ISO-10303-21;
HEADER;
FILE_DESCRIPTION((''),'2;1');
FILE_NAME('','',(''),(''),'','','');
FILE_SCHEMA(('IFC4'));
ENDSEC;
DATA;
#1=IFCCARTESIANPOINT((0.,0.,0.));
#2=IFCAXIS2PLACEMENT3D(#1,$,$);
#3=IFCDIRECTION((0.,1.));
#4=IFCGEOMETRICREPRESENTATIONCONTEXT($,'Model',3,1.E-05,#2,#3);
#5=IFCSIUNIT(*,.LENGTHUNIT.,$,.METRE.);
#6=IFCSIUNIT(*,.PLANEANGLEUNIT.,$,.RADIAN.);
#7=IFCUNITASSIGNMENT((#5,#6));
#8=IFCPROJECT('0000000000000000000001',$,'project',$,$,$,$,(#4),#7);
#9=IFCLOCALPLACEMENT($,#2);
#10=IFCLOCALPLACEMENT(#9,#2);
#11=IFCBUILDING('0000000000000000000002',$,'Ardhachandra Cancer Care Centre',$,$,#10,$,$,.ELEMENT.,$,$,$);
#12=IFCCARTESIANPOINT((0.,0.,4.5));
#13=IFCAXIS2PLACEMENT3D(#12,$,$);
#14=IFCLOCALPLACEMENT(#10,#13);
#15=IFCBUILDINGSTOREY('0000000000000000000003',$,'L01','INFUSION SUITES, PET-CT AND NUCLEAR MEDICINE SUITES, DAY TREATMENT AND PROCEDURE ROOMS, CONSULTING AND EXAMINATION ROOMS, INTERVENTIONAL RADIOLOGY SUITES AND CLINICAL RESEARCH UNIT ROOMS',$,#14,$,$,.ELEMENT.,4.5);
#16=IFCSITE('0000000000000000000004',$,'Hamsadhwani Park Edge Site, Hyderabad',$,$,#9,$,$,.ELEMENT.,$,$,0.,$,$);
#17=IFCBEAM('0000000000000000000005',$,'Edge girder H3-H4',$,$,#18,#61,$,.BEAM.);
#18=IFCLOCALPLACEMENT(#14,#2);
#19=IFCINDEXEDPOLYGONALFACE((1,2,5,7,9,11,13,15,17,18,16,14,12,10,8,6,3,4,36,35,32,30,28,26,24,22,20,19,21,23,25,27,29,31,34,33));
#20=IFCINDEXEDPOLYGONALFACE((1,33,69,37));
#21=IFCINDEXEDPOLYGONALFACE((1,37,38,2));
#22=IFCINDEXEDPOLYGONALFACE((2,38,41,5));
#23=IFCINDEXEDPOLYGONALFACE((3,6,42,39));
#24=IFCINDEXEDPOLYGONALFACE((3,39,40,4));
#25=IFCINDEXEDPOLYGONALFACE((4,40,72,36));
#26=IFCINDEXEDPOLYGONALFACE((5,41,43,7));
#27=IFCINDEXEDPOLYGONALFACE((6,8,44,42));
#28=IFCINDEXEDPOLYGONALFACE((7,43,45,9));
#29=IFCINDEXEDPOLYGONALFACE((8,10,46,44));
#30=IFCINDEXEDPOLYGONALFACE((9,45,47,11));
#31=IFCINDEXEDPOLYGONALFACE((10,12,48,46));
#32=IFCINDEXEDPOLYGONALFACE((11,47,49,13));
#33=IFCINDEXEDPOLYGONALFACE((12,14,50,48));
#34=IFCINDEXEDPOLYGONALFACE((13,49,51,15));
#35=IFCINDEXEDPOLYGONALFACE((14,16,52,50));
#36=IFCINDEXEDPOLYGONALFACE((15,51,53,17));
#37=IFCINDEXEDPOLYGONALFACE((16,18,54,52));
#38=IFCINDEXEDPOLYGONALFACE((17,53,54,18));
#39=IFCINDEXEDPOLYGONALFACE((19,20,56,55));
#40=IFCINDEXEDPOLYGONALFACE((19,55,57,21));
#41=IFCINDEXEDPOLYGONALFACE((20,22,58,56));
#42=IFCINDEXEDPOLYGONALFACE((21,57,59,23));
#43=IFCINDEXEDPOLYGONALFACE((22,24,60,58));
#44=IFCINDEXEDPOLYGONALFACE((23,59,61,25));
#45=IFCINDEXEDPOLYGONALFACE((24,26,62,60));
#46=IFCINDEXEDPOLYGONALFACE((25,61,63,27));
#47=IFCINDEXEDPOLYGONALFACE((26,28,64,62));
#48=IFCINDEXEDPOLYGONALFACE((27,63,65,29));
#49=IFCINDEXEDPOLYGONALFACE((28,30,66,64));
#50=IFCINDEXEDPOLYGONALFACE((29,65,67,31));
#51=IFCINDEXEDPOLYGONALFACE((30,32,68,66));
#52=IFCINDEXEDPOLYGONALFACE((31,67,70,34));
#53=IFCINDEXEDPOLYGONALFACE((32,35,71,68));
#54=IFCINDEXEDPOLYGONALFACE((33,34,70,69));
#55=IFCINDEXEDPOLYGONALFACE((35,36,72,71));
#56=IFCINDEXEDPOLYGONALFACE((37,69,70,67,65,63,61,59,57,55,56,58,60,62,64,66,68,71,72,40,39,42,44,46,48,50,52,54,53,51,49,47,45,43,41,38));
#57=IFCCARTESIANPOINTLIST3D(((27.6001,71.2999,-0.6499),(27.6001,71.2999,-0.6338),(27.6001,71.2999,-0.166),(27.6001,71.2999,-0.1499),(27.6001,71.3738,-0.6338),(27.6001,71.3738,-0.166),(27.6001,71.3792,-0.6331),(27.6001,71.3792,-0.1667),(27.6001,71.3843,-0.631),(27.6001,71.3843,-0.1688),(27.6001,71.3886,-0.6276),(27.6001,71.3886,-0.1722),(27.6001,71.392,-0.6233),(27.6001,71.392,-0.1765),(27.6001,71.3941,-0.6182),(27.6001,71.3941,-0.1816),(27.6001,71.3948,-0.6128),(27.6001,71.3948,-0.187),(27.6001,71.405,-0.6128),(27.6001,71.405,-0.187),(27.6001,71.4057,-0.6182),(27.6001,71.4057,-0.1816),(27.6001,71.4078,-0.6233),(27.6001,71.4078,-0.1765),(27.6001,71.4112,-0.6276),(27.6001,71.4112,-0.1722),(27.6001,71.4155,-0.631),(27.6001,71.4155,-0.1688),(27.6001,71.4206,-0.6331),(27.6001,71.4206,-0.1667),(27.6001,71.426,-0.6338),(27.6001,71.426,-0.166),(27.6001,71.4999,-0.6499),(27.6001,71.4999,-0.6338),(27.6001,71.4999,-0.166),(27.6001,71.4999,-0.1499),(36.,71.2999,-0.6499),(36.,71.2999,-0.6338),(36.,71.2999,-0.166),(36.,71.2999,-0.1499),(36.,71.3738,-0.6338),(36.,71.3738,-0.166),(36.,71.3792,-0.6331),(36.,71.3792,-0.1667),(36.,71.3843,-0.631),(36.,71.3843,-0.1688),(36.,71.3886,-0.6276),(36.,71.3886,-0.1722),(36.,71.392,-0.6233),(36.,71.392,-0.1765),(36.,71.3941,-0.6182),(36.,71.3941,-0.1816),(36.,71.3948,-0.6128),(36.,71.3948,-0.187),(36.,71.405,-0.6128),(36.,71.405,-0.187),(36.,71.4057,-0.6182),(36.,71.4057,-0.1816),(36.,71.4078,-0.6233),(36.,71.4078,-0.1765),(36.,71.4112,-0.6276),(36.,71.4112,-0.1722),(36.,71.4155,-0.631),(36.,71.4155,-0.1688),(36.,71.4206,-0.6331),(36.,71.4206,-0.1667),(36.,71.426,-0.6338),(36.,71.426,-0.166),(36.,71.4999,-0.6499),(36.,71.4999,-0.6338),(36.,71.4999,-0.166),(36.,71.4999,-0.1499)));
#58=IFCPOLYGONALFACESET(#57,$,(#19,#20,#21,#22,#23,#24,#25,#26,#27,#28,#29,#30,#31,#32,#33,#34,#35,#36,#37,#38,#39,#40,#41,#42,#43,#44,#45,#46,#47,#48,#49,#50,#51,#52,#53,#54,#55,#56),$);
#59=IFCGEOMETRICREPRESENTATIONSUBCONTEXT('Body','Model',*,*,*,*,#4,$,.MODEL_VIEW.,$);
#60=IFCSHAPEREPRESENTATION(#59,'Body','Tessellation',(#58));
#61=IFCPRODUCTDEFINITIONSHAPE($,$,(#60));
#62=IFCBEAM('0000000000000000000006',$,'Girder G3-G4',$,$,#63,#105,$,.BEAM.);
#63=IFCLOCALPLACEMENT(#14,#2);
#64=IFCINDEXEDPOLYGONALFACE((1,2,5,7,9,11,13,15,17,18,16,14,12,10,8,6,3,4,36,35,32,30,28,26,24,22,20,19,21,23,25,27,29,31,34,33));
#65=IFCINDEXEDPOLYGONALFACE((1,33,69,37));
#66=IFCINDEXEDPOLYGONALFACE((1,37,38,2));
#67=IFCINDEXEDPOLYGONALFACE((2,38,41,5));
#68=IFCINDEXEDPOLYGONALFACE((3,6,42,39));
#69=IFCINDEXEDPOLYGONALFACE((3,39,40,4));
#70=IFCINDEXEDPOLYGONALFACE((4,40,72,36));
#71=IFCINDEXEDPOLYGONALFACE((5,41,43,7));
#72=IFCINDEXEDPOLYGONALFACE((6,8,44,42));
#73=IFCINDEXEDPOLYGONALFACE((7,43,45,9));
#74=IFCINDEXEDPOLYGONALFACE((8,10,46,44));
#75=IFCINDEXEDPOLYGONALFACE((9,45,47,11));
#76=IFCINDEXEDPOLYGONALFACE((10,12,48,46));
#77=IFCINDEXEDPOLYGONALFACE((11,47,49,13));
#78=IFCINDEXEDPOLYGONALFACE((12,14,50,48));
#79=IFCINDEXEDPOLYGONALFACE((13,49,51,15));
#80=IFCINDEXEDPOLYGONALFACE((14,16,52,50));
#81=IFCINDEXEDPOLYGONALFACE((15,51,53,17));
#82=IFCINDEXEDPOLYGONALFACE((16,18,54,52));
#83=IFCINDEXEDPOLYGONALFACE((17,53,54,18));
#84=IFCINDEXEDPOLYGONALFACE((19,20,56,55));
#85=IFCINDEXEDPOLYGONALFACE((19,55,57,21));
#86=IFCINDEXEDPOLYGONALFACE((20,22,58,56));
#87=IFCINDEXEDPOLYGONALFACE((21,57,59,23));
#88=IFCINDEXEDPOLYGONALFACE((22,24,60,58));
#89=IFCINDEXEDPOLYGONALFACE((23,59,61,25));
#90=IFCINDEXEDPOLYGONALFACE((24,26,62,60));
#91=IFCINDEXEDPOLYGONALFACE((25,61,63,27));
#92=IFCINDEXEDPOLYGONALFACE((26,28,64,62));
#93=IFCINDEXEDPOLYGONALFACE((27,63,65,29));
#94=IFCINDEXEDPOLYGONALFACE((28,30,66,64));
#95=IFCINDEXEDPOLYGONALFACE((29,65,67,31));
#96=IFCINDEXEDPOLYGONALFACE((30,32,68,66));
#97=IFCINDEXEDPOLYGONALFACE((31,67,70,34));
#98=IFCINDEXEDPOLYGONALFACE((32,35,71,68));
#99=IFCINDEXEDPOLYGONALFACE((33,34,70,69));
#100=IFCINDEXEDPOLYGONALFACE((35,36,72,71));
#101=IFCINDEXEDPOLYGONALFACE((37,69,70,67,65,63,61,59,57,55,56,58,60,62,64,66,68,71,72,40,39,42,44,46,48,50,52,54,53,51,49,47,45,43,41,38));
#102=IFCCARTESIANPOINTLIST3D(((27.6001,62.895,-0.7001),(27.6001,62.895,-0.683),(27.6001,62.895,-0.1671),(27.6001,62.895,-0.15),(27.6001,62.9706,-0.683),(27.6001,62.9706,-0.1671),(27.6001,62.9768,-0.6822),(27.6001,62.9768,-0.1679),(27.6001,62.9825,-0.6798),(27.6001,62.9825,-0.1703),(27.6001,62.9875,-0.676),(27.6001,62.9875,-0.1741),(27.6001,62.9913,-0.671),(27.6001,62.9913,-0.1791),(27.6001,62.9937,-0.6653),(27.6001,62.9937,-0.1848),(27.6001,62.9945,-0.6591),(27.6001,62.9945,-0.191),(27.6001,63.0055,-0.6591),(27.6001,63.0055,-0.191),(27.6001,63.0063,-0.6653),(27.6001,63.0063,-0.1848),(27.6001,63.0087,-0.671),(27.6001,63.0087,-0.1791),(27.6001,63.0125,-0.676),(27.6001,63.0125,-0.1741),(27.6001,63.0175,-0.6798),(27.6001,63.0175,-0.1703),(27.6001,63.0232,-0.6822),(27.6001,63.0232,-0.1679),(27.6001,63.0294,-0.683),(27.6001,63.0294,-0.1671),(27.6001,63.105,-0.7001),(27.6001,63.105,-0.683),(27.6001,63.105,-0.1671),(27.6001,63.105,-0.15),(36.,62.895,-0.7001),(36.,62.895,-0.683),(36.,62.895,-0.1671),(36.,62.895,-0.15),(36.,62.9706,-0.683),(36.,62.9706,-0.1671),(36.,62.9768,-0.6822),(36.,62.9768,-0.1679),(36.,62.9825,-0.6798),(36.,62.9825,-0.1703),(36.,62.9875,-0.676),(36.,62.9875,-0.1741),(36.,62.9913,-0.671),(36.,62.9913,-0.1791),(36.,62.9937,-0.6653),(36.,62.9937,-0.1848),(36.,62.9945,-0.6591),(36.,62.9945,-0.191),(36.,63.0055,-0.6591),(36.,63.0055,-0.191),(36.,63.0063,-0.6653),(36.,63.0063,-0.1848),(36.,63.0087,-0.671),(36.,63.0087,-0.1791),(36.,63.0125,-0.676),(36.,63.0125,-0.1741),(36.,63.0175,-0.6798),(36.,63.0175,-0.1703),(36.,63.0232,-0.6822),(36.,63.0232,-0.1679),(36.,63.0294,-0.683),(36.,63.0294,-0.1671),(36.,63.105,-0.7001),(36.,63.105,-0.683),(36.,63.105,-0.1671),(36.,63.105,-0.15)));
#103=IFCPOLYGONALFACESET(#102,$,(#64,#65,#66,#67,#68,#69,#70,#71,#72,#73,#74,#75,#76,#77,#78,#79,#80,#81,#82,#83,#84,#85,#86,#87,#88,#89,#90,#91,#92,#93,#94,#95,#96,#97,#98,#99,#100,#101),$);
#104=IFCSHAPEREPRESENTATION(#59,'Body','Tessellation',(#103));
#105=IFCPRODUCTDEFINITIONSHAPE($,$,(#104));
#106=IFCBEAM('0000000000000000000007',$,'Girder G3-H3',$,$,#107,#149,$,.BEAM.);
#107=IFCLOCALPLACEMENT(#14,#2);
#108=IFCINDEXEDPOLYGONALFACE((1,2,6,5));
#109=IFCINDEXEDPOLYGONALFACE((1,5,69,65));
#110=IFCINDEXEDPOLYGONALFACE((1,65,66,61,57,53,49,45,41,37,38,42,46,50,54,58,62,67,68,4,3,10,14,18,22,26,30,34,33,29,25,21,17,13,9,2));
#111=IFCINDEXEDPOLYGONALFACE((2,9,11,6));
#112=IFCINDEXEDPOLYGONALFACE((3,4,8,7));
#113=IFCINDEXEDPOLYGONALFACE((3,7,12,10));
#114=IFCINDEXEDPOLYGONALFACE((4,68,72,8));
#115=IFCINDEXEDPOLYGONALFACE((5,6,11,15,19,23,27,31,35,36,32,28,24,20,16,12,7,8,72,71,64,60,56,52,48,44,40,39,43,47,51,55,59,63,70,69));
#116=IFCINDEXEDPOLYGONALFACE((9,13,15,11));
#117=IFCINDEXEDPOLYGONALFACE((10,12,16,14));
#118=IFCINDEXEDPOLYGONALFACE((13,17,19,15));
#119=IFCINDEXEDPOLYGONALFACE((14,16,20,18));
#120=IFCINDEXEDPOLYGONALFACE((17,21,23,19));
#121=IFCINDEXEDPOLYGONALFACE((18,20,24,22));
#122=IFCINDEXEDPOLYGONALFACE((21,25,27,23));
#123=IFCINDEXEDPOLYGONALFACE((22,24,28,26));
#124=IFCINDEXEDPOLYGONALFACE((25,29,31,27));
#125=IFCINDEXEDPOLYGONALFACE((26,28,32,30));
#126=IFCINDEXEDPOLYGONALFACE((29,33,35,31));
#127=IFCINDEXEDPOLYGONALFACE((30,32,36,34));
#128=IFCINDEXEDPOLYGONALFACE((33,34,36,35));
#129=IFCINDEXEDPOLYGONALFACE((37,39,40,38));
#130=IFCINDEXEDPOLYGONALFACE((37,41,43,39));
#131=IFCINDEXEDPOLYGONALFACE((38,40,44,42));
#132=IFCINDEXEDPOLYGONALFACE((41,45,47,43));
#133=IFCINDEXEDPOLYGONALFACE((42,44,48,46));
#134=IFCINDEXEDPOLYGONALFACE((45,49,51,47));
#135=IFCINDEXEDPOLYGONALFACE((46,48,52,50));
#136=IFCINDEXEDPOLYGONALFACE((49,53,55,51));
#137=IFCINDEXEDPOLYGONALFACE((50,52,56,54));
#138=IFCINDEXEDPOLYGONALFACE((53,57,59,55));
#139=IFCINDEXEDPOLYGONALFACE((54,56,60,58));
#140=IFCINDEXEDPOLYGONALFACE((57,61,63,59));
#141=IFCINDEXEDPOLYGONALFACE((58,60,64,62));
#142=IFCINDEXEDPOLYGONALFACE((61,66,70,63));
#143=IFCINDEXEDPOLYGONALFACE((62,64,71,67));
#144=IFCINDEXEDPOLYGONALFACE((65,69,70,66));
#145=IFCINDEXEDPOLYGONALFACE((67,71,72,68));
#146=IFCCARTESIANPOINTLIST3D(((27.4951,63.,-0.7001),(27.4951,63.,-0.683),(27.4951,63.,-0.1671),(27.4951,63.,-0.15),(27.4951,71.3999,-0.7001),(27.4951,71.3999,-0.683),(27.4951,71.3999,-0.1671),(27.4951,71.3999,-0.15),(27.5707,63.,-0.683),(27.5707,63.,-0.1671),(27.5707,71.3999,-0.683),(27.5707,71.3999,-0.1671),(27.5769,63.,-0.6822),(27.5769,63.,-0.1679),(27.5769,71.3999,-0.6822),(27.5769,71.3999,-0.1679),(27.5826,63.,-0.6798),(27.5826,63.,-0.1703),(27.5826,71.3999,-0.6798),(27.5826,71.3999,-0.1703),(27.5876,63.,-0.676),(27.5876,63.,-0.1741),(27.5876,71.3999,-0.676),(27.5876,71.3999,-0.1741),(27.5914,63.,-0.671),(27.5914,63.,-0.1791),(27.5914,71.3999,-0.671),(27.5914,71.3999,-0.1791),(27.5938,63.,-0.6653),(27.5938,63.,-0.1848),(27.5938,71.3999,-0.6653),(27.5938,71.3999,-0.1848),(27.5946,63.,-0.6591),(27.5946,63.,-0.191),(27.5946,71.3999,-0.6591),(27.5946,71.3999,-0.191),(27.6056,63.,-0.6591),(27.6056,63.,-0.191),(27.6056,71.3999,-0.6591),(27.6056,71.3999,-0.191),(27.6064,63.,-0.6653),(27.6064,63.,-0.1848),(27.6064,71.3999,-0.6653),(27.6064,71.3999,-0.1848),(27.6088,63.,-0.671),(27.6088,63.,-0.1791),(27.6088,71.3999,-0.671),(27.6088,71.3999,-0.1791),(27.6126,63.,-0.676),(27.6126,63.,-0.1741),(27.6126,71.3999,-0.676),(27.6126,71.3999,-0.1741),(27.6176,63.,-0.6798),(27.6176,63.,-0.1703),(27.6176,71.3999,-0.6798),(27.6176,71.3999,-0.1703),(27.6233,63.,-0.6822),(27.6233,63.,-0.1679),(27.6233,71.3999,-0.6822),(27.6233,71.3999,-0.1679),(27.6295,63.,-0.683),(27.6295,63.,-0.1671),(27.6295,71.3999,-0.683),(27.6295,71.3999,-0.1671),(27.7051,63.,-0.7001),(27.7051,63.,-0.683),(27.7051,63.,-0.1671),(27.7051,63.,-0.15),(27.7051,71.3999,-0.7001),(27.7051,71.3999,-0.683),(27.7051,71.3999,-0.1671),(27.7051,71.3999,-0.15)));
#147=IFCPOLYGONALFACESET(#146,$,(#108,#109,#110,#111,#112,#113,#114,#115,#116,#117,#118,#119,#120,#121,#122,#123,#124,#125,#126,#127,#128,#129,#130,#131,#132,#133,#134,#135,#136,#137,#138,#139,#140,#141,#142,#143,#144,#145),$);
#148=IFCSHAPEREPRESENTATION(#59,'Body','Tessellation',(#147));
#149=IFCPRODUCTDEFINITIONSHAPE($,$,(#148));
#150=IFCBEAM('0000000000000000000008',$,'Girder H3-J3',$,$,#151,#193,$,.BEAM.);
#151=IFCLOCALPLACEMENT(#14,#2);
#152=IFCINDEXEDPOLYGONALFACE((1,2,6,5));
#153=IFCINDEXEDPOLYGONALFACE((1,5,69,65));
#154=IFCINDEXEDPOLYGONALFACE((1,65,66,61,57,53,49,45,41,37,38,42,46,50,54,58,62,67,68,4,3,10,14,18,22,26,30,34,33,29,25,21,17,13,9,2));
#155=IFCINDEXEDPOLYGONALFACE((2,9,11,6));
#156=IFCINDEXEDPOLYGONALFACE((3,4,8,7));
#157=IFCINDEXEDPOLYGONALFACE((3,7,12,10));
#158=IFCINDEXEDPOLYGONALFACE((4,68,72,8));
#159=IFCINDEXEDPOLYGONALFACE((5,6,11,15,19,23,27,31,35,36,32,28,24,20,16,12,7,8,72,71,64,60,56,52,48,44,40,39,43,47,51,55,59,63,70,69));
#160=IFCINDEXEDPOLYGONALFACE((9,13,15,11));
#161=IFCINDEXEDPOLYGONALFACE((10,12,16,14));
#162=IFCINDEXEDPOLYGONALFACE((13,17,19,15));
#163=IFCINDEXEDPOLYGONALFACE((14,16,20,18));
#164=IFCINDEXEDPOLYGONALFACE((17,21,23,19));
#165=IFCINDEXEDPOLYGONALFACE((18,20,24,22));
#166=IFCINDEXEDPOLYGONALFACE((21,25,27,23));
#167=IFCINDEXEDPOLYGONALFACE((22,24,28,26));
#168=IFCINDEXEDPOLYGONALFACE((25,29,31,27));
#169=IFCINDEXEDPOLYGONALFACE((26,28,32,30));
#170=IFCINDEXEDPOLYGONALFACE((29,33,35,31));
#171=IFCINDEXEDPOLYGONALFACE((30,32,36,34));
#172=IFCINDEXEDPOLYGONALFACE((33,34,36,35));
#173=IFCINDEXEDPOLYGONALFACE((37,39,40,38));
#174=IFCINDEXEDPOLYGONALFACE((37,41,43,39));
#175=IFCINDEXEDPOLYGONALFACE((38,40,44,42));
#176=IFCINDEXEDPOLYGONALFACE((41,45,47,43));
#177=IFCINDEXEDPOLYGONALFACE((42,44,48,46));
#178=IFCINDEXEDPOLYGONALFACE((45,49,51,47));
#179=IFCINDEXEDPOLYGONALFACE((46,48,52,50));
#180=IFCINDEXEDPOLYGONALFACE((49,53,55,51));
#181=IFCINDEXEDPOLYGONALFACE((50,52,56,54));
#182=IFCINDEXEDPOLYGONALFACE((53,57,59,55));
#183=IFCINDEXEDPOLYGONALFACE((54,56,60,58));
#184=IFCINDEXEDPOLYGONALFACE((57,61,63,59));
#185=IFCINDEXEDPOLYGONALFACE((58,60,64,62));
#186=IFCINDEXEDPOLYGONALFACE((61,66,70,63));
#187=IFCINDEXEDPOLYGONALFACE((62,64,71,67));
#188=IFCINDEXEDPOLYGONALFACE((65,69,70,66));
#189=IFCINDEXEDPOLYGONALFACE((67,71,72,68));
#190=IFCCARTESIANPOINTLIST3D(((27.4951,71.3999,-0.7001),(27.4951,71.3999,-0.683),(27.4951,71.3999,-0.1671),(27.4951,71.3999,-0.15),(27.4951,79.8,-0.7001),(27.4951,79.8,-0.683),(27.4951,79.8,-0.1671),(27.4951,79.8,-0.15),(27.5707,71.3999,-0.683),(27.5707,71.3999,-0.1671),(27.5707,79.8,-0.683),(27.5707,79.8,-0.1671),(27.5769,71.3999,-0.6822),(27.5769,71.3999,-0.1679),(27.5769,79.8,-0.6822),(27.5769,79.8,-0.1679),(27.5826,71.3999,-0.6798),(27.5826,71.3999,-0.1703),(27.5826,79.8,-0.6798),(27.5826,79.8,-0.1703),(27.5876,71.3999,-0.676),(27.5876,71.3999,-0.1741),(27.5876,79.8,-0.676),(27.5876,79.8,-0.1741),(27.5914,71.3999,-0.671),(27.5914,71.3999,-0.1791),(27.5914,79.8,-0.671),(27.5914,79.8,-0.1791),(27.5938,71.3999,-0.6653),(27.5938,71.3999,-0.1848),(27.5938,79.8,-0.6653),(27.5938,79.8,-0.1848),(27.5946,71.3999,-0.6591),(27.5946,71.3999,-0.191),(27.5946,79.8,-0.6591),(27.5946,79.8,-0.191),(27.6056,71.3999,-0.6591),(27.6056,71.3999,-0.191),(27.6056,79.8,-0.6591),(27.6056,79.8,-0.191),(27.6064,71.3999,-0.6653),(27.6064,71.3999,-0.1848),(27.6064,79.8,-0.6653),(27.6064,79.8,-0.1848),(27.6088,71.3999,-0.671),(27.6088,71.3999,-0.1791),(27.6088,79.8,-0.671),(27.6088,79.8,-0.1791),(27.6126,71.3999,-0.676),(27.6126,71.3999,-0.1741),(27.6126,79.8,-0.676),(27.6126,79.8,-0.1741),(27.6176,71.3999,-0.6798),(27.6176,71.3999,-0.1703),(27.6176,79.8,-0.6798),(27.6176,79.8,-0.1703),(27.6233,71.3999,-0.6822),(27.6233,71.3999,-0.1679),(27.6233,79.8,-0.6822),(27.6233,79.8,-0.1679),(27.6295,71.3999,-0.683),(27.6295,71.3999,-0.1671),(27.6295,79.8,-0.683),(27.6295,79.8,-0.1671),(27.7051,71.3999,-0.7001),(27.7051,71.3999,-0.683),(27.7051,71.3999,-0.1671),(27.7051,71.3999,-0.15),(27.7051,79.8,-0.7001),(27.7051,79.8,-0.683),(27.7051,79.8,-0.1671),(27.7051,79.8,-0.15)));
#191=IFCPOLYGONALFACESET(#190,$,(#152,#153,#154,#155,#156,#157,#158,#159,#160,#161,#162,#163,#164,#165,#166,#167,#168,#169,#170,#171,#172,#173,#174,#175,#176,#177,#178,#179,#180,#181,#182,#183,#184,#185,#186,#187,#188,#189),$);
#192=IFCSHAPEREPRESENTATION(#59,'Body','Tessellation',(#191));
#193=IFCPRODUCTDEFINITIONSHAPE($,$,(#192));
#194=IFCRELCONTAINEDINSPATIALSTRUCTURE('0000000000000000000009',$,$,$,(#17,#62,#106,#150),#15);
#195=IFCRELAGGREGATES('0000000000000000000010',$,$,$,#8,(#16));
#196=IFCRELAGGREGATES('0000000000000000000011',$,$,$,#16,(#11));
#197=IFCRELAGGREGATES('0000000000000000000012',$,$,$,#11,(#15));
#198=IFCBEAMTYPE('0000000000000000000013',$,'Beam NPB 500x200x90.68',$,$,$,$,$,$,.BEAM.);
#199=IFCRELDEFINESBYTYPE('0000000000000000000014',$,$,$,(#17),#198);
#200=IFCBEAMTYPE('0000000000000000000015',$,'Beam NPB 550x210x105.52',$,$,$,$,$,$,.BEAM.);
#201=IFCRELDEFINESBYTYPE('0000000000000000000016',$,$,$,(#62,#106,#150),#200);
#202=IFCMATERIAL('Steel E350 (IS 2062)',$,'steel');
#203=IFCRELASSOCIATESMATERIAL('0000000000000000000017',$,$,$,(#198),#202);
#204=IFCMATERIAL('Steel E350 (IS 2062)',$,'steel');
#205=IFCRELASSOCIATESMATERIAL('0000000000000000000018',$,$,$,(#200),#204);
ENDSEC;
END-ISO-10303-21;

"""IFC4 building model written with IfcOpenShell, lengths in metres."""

from ifc_helpers import new_model, si_unit, direction, frame, origin, origin_2d, place, context, subcontext, project, spatial, i_section, extrude, material, material_profile, profile_set, type_object, element, save


model = new_model("IFC4")

# Units and contexts
model_context = context("Model", 3, precision=1e-05, world=origin(), true_north=direction((0.0, 1.0)))
body_context = subcontext(model_context, "Body", "Model", "MODEL_VIEW")
ifc_project = project(units=[si_unit("LENGTHUNIT", "METRE"), si_unit("PLANEANGLEUNIT", "RADIAN")], contexts=[model_context])

# Site, building, storey
site_placement = place(None, origin())
site = spatial("IfcSite", under=ifc_project, at=site_placement, Name="Hamsadhwani Park Edge Site, Hyderabad", CompositionType="ELEMENT", RefElevation=0.0)
building_placement = place(site_placement, origin())
building = spatial("IfcBuilding", under=site, at=building_placement, Name="Ardhachandra Cancer Care Centre", CompositionType="ELEMENT")
storey_placement = place(building_placement, frame((0.0, 0.0, 4.5)))
storey = spatial("IfcBuildingStorey", under=building, at=storey_placement, Name="L01", Description="INFUSION SUITES, PET-CT AND NUCLEAR MEDICINE SUITES, DAY TREATMENT AND PROCEDURE ROOMS, CONSULTING AND EXAMINATION ROOMS, INTERVENTIONAL RADIOLOGY SUITES AND CLINICAL RESEARCH UNIT ROOMS", CompositionType="ELEMENT", Elevation=4.5)

# Beams
ifc_material_1 = material(Name="Steel E350 (IS 2062)", Category="steel")
ifc_material_profile_1 = material_profile(ifc_material_1, i_section(OverallWidth=0.2, OverallDepth=0.5, WebThickness=0.0103, FlangeThickness=0.0161, FilletRadius=0.021, at=origin_2d()), Name="NPB 500x200x90.68")
ifc_profile_set_1 = profile_set([ifc_material_profile_1], Name="Steel E350 (IS 2062)")
beam_type_1 = type_object("IfcBeamType", Name="Beam NPB 500x200x90.68", PredefinedType="BEAM", material=ifc_profile_set_1)
beam_1_placement = place(storey_placement, frame((27.6001, 71.3999, -0.3999), z_axis=(1.0, 0.0, 0.0), x_axis=(0.0, 1.0, 0.0)))
element("IfcBeam", 1, at=beam_1_placement, inside=storey, type_object=beam_type_1, Name="Edge girder H3-H4", PredefinedType="BEAM", context=body_context, shape_type="SweptSolid", body=[
    extrude(i_section(OverallWidth=0.2, OverallDepth=0.5, WebThickness=0.0103, FlangeThickness=0.0161, FilletRadius=0.021, at=origin_2d()), origin(), (0.0, 0.0, 1.0), 8.3999),
])
ifc_material_2 = material(Name="Steel E350 (IS 2062)", Category="steel")
ifc_material_profile_2 = material_profile(ifc_material_2, i_section(OverallWidth=0.21, OverallDepth=0.55, WebThickness=0.011, FlangeThickness=0.0171, FilletRadius=0.0239, at=origin_2d()), Name="NPB 550x210x105.52")
ifc_profile_set_2 = profile_set([ifc_material_profile_2], Name="Steel E350 (IS 2062)")
beam_type_2 = type_object("IfcBeamType", Name="Beam NPB 550x210x105.52", PredefinedType="BEAM", material=ifc_profile_set_2)
for number, where, z_axis, x_axis, name in (
    (2, (27.6001, 63.0, -0.425), (1.0, 0.0, 0.0), (0.0, 1.0, 0.0), "Girder G3-G4"),
    (3, (27.6001, 63.0, -0.425), (0.0, 1.0, 0.0), (-1.0, 0.0, 0.0), "Girder G3-H3"),
):
    element("IfcBeam", number, at=place(storey_placement, frame(where, z_axis=z_axis, x_axis=x_axis)), inside=storey, type_object=beam_type_2, Name=name, PredefinedType="BEAM", context=body_context, shape_type="SweptSolid", body=[
        extrude(i_section(OverallWidth=0.21, OverallDepth=0.55, WebThickness=0.011, FlangeThickness=0.0171, FilletRadius=0.0239, at=origin_2d()), origin(), (0.0, 0.0, 1.0), 8.3999),
    ])
beam_2_placement = place(storey_placement, frame((27.6001, 71.3999, -0.425), z_axis=(0.0, 1.0, 0.0), x_axis=(-1.0, 0.0, 0.0)))
element("IfcBeam", 4, at=beam_2_placement, inside=storey, type_object=beam_type_2, Name="Girder H3-J3", PredefinedType="BEAM", context=body_context, shape_type="SweptSolid", body=[
    extrude(i_section(OverallWidth=0.21, OverallDepth=0.55, WebThickness=0.011, FlangeThickness=0.0171, FilletRadius=0.0239, at=origin_2d()), origin(), (0.0, 0.0, 1.0), 8.4001),
])

save(model, "model.ifc")
